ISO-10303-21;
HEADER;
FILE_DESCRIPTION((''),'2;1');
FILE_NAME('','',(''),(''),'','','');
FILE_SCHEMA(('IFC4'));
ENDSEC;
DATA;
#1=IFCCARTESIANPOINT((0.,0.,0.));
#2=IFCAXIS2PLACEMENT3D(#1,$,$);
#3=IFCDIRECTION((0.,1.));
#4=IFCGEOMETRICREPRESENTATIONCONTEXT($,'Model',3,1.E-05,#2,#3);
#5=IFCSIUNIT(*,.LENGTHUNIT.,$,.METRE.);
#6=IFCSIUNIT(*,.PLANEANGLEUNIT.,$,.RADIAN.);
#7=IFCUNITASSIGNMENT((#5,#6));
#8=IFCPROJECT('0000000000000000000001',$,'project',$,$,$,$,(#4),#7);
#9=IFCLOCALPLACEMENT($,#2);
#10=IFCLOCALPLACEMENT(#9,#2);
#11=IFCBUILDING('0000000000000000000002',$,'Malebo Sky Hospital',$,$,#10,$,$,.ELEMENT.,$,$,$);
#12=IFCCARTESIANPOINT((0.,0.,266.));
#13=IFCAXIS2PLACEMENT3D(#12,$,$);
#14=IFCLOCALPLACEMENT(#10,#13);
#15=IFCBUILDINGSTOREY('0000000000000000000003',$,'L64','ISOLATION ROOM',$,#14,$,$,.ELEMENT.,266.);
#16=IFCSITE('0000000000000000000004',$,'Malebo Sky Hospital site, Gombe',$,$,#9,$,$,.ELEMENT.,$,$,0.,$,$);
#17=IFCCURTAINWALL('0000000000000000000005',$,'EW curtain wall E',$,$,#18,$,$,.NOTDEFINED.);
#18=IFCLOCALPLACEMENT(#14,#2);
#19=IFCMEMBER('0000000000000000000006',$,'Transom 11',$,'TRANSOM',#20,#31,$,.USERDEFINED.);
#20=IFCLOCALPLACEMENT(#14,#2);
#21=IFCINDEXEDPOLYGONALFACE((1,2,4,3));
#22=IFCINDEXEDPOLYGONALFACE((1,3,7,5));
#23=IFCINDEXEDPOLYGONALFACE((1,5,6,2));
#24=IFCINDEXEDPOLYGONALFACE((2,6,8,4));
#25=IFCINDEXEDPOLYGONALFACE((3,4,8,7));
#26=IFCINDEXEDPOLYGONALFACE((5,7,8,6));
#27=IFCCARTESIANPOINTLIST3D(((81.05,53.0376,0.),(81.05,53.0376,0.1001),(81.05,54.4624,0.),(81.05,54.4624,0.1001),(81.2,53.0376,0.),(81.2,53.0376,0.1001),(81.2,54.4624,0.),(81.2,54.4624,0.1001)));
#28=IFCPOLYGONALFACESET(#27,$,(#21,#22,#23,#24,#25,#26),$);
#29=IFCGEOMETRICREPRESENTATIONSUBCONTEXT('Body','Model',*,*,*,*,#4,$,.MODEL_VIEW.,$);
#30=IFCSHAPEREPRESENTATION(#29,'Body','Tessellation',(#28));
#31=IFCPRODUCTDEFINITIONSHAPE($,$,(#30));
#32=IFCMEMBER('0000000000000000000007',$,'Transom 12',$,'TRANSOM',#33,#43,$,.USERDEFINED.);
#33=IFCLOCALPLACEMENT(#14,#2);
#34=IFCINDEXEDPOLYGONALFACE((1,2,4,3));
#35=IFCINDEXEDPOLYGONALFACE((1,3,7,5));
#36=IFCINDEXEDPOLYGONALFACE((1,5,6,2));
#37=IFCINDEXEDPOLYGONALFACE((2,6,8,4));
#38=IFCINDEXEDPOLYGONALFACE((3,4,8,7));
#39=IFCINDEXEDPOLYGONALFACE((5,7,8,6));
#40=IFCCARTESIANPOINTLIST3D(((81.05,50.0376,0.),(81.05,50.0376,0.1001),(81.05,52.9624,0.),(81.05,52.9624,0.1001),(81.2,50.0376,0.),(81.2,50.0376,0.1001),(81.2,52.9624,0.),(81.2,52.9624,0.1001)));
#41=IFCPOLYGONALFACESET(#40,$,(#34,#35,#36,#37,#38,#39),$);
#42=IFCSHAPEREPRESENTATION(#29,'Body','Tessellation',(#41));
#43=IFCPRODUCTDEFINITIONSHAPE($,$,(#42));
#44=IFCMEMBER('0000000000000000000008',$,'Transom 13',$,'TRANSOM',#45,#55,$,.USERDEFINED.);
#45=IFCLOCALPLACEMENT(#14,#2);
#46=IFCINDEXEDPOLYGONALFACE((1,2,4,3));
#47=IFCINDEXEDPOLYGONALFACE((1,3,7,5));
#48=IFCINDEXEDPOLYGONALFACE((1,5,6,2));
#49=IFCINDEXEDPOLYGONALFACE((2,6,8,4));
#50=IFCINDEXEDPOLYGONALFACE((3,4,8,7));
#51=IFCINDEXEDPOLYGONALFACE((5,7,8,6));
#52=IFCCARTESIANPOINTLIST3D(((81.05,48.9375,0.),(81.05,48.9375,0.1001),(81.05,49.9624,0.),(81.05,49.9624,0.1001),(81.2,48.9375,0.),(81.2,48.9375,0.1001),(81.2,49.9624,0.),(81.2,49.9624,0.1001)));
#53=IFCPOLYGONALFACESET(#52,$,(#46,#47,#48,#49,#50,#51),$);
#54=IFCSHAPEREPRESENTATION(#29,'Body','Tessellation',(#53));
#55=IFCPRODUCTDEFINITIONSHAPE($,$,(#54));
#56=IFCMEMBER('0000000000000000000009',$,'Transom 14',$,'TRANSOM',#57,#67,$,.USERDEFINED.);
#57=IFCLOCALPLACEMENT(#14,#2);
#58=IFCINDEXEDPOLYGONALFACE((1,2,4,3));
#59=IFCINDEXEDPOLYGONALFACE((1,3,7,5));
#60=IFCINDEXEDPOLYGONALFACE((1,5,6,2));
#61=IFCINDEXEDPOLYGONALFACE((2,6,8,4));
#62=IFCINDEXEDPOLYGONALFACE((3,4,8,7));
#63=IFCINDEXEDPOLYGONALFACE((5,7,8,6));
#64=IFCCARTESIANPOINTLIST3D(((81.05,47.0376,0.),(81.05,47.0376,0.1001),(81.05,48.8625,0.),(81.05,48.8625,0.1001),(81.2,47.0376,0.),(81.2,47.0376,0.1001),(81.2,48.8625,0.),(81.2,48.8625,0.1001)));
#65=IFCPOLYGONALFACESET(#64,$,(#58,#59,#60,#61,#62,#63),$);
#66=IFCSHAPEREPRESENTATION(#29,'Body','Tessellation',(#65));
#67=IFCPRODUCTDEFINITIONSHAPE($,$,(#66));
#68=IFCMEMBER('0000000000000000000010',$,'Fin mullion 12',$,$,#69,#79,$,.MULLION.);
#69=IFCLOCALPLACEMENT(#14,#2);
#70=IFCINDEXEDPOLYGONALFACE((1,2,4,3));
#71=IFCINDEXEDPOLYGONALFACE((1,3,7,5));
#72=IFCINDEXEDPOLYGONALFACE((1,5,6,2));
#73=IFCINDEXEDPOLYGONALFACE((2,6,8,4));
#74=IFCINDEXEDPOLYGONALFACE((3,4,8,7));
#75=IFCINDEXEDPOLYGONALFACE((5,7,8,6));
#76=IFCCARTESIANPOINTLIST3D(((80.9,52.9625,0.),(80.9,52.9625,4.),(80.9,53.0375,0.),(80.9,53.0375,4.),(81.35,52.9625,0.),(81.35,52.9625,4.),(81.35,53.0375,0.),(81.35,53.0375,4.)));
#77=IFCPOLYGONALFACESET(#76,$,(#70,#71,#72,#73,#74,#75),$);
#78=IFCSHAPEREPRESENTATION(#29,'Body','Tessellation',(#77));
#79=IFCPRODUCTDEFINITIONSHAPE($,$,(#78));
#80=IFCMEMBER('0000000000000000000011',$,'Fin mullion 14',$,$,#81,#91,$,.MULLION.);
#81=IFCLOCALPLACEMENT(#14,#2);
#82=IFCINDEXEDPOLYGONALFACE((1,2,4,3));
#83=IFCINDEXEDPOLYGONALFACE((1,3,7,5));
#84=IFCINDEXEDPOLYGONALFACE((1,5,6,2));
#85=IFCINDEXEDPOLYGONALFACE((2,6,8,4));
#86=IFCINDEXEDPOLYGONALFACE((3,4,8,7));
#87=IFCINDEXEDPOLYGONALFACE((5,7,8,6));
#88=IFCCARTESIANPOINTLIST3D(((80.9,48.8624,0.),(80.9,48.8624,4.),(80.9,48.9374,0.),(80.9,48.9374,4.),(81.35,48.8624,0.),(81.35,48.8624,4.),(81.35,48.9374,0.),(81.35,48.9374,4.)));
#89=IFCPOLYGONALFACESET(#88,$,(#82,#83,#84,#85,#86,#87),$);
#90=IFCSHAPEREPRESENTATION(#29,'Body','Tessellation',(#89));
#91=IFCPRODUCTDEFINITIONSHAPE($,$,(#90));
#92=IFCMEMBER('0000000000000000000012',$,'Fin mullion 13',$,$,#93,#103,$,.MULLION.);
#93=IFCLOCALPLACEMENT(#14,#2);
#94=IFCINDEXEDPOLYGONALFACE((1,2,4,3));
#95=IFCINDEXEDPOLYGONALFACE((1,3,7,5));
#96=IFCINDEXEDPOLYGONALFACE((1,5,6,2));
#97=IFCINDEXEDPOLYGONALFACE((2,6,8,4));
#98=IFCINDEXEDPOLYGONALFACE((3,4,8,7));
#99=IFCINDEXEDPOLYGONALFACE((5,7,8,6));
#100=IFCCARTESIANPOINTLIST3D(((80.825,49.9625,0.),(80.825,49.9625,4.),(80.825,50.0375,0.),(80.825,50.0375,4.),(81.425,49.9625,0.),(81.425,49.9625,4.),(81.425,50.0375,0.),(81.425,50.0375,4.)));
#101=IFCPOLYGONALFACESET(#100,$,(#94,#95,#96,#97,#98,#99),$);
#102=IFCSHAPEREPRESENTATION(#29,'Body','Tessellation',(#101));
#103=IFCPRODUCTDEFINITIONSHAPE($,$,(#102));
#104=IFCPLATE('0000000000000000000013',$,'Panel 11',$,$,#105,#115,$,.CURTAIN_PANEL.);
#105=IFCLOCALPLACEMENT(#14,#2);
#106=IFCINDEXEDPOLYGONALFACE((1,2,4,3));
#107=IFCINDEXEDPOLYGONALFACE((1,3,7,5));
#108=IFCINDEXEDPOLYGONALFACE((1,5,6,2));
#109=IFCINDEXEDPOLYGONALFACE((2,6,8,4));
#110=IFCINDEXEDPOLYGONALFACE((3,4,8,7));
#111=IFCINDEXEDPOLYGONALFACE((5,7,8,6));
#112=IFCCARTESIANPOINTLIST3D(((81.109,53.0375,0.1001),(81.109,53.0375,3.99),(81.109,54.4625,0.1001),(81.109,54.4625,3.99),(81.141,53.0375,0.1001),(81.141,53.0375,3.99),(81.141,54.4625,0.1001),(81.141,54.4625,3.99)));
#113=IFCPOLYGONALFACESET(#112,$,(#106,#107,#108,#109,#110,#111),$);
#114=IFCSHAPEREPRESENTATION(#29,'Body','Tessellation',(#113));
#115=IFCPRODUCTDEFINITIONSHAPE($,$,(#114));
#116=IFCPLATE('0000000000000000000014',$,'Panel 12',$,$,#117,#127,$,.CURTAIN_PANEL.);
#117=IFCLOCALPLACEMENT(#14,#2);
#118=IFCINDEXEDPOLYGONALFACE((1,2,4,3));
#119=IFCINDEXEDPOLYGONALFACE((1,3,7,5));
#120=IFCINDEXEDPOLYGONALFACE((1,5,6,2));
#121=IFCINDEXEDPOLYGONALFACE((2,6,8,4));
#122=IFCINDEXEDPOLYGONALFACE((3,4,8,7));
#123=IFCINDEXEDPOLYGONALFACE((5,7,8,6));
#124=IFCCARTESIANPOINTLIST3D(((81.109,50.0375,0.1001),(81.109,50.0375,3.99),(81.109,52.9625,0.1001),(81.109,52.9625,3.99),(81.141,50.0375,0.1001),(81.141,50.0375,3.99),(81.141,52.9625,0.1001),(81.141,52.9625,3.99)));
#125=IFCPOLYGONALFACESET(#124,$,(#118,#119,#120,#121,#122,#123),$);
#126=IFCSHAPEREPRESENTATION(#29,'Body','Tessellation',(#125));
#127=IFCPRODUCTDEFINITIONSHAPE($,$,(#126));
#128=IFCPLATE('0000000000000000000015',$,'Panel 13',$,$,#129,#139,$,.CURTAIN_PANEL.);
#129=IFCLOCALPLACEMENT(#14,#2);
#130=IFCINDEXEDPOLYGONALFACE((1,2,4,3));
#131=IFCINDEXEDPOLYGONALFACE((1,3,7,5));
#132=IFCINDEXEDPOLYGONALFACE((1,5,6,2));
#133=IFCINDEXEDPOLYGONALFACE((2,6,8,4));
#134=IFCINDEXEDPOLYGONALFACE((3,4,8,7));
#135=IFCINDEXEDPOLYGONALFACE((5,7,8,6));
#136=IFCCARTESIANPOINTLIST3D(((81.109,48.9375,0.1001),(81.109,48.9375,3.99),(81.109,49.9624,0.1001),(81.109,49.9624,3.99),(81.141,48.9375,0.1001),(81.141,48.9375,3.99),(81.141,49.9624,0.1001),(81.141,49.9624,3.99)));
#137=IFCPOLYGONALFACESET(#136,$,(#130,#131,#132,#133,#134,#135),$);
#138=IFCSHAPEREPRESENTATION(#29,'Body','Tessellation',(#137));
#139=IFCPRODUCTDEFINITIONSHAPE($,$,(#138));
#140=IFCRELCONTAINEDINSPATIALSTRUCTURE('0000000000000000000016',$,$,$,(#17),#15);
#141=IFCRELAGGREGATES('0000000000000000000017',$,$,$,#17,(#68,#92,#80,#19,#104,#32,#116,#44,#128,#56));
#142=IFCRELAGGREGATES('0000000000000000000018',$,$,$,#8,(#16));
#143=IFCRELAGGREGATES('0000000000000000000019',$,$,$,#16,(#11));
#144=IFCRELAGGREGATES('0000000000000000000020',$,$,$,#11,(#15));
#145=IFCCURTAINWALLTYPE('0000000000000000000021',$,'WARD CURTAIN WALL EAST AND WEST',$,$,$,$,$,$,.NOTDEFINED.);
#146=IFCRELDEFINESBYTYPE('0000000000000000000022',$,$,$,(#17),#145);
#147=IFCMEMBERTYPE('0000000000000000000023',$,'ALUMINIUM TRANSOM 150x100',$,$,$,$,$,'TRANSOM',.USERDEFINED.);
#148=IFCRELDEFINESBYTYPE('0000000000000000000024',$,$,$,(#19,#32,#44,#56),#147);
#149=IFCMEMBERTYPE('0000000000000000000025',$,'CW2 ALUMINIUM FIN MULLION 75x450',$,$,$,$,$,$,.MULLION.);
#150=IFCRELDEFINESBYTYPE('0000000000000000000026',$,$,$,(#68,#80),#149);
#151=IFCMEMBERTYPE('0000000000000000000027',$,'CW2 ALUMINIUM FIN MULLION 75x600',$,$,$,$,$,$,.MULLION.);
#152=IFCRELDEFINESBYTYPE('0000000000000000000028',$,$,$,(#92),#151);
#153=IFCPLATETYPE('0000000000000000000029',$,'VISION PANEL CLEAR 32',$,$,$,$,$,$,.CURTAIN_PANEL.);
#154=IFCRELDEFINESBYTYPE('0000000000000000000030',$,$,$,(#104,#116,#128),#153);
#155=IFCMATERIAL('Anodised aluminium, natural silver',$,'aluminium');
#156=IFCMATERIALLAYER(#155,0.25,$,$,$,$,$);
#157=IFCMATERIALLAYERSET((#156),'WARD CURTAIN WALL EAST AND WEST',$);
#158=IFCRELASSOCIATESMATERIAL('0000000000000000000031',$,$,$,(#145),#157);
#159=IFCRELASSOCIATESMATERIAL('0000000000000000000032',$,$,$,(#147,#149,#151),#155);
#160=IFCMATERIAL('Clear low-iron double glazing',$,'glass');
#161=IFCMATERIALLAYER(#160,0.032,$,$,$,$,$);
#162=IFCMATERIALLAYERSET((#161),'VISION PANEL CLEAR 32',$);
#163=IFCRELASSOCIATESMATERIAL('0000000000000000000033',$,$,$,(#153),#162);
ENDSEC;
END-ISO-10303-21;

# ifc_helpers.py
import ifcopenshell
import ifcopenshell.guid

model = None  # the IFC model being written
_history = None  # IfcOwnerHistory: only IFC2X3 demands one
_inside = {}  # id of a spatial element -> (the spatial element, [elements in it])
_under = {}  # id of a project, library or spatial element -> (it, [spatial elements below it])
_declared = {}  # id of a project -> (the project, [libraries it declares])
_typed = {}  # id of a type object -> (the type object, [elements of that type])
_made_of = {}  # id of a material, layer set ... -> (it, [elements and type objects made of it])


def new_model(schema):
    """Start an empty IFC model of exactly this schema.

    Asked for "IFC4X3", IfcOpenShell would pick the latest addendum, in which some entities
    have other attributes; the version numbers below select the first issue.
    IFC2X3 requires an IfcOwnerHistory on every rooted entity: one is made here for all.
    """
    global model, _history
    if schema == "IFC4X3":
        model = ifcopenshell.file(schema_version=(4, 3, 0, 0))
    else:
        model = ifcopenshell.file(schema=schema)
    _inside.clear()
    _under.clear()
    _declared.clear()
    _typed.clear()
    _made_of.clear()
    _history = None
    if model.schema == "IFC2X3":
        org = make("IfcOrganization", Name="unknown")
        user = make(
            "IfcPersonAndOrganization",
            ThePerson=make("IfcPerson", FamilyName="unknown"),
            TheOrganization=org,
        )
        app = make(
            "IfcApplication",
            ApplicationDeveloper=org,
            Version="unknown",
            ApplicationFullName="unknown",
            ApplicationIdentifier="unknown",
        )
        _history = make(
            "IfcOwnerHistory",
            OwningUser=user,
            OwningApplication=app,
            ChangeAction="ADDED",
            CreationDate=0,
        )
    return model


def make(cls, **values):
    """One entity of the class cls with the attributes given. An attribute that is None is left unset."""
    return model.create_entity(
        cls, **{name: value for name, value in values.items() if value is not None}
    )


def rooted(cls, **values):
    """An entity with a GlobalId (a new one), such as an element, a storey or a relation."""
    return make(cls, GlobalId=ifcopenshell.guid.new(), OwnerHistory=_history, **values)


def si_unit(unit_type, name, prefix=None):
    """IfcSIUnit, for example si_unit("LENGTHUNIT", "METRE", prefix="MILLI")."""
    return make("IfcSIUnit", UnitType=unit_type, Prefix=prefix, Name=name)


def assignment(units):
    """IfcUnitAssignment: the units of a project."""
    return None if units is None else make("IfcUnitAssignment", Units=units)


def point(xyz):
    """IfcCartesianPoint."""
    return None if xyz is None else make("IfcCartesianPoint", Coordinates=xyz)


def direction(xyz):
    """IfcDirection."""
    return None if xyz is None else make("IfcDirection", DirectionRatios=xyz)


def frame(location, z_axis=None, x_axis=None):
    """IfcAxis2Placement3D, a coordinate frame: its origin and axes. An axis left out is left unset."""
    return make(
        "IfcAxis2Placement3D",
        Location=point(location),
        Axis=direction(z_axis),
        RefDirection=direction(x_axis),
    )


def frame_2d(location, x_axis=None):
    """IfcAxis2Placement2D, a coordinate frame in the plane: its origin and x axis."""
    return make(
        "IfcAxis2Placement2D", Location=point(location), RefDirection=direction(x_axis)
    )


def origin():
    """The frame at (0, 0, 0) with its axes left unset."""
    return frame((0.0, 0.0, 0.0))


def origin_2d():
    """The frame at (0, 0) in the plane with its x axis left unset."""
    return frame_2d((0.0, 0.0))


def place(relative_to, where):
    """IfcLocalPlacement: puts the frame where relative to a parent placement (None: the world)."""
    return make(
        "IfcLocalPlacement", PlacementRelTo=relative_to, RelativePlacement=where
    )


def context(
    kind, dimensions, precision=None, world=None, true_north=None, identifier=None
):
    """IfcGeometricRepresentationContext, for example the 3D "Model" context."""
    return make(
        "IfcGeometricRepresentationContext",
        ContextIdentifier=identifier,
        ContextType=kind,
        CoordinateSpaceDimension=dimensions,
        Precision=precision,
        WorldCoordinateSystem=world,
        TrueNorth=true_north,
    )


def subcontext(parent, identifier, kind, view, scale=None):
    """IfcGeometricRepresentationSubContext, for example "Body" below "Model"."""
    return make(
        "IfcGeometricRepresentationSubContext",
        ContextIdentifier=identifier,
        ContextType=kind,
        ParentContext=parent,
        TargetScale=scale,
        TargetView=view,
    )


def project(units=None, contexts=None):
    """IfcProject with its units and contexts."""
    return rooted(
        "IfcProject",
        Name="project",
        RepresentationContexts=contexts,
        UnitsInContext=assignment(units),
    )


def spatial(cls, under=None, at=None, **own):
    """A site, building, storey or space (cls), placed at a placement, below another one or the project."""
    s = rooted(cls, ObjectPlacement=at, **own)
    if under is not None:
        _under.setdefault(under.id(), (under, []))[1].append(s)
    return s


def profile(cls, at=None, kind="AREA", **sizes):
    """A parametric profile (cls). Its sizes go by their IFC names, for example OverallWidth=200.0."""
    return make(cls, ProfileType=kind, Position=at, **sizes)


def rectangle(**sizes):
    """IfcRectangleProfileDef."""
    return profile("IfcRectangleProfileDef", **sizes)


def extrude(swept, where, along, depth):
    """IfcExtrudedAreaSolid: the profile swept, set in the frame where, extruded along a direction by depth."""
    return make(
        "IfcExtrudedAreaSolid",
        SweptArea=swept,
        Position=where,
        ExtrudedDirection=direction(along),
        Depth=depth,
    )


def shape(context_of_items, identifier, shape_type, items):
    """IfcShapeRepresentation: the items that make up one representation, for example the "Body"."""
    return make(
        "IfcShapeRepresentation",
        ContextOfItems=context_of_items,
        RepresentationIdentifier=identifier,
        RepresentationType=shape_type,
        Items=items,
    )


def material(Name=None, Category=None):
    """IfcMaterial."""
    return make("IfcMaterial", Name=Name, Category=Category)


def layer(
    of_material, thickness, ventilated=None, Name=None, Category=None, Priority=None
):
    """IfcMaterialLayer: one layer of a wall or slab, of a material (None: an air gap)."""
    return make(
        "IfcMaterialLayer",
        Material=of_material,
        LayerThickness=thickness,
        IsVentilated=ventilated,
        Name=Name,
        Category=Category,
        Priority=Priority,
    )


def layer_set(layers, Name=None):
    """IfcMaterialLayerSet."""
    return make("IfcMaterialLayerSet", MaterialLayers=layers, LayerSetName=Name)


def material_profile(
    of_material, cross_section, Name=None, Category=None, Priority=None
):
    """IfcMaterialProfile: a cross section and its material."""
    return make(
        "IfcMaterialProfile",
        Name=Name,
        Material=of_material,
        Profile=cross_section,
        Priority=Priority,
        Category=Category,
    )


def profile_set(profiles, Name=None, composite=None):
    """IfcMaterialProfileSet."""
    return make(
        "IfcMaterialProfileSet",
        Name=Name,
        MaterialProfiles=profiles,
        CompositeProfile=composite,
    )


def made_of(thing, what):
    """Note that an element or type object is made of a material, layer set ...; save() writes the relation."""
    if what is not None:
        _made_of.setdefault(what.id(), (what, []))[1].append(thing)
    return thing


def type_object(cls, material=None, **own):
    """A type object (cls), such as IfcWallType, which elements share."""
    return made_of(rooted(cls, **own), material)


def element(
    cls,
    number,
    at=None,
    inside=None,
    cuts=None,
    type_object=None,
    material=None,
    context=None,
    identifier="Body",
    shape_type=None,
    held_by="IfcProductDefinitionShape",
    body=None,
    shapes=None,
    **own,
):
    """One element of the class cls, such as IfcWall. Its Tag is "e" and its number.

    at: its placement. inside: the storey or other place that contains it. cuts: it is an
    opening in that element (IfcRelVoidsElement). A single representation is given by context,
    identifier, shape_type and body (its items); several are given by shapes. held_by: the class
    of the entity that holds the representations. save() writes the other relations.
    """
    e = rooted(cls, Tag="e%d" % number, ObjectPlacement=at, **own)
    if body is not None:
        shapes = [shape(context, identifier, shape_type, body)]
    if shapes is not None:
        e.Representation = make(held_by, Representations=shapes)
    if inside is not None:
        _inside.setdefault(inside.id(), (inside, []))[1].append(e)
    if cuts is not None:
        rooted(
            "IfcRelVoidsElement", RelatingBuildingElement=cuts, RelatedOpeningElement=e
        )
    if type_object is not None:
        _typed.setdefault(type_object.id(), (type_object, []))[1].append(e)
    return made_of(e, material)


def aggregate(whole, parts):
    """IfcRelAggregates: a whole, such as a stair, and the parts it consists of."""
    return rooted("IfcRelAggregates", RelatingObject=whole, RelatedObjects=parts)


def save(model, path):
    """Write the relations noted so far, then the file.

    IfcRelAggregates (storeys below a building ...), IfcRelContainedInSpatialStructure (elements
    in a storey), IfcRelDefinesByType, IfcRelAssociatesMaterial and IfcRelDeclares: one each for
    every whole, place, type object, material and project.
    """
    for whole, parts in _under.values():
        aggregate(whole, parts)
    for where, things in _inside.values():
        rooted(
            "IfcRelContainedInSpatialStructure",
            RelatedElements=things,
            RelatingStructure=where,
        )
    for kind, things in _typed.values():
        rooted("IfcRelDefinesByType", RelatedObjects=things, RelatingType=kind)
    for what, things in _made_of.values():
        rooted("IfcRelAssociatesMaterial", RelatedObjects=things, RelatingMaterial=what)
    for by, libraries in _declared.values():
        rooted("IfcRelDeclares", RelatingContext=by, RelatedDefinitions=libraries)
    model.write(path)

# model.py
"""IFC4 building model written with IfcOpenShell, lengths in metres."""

from ifc_helpers import new_model, si_unit, direction, frame, origin, origin_2d, place, context, subcontext, project, spatial, rectangle, extrude, material, layer, layer_set, material_profile, profile_set, type_object, element, aggregate, save


model = new_model("IFC4")

# Units and contexts
model_context = context("Model", 3, precision=1e-05, world=origin(), true_north=direction((0.0, 1.0)))
body_context = subcontext(model_context, "Body", "Model", "MODEL_VIEW")
ifc_project = project(units=[si_unit("LENGTHUNIT", "METRE"), si_unit("PLANEANGLEUNIT", "RADIAN")], contexts=[model_context])

# Site, building, storey
site_placement = place(None, origin())
site = spatial("IfcSite", under=ifc_project, at=site_placement, Name="Malebo Sky Hospital site, Gombe", CompositionType="ELEMENT", RefElevation=0.0)
building_placement = place(site_placement, origin())
building = spatial("IfcBuilding", under=site, at=building_placement, Name="Malebo Sky Hospital", CompositionType="ELEMENT")
storey_placement = place(building_placement, frame((0.0, 0.0, 266.0)))
storey = spatial("IfcBuildingStorey", under=building, at=storey_placement, Name="L64", Description="ISOLATION ROOM", CompositionType="ELEMENT", Elevation=266.0)

# Curtain wall, members, plates
ifc_material_1 = material(Name="Anodised aluminium, natural silver", Category="aluminium")
ifc_layer_1 = layer(ifc_material_1, 0.25)
ifc_layer_set_1 = layer_set([ifc_layer_1], Name="WARD CURTAIN WALL EAST AND WEST")
curtain_wall_type = type_object("IfcCurtainWallType", Name="WARD CURTAIN WALL EAST AND WEST", PredefinedType="NOTDEFINED", material=ifc_layer_set_1)
curtain_wall_placement = place(storey_placement, origin())
curtain_wall = element("IfcCurtainWall", 1, at=curtain_wall_placement, inside=storey, type_object=curtain_wall_type, Name="EW curtain wall E", PredefinedType="NOTDEFINED")
ifc_material_profile_1 = material_profile(ifc_material_1, rectangle(XDim=0.1499, YDim=0.1001, at=origin_2d()), Name="ALUMINIUM TRANSOM 150x100")
ifc_profile_set_1 = profile_set([ifc_material_profile_1], Name="Anodised aluminium, natural silver")
member_type_1 = type_object("IfcMemberType", Name="ALUMINIUM TRANSOM 150x100", ElementType="TRANSOM", PredefinedType="USERDEFINED", material=ifc_profile_set_1)
member_1_placement = place(storey_placement, frame((81.125, 54.4624, 0.05), z_axis=(0.0, -1.0, 0.0), x_axis=(1.0, 0.0, 0.0)))
member_1 = element("IfcMember", 2, at=member_1_placement, type_object=member_type_1, Name="Transom 11", ObjectType="TRANSOM", PredefinedType="USERDEFINED", context=body_context, shape_type="SweptSolid", body=[
    extrude(rectangle(XDim=0.1499, YDim=0.1001, at=origin_2d()), origin(), (0.0, 0.0, 1.0), 1.4248),
])
member_2_placement = place(storey_placement, frame((81.125, 52.9624, 0.05), z_axis=(0.0, -1.0, 0.0), x_axis=(1.0, 0.0, 0.0)))
member_2 = element("IfcMember", 3, at=member_2_placement, type_object=member_type_1, Name="Transom 12", ObjectType="TRANSOM", PredefinedType="USERDEFINED", context=body_context, shape_type="SweptSolid", body=[
    extrude(rectangle(XDim=0.1499, YDim=0.1001, at=origin_2d()), origin(), (0.0, 0.0, 1.0), 2.9248),
])
member_3_placement = place(storey_placement, frame((81.125, 49.9624, 0.05), z_axis=(0.0, -1.0, 0.0), x_axis=(1.0, 0.0, 0.0)))
member_3 = element("IfcMember", 4, at=member_3_placement, type_object=member_type_1, Name="Transom 13", ObjectType="TRANSOM", PredefinedType="USERDEFINED", context=body_context, shape_type="SweptSolid", body=[
    extrude(rectangle(XDim=0.1499, YDim=0.1001, at=origin_2d()), origin(), (0.0, 0.0, 1.0), 1.0249),
])
member_4_placement = place(storey_placement, frame((81.125, 48.8625, 0.05), z_axis=(0.0, -1.0, 0.0), x_axis=(1.0, 0.0, 0.0)))
member_4 = element("IfcMember", 5, at=member_4_placement, type_object=member_type_1, Name="Transom 14", ObjectType="TRANSOM", PredefinedType="USERDEFINED", context=body_context, shape_type="SweptSolid", body=[
    extrude(rectangle(XDim=0.1499, YDim=0.1001, at=origin_2d()), origin(), (0.0, 0.0, 1.0), 1.825),
])
ifc_material_profile_2 = material_profile(ifc_material_1, rectangle(XDim=0.075, YDim=0.45, at=origin_2d()), Name="CW2 ALUMINIUM FIN MULLION 75x450")
ifc_profile_set_2 = profile_set([ifc_material_profile_2], Name="Anodised aluminium, natural silver")
member_type_2 = type_object("IfcMemberType", Name="CW2 ALUMINIUM FIN MULLION 75x450", PredefinedType="MULLION", material=ifc_profile_set_2)
member_5_placement = place(storey_placement, frame((81.125, 53.0, 0.0), z_axis=(0.0, 0.0, 1.0), x_axis=(0.0, -1.0, 0.0)))
member_5 = element("IfcMember", 6, at=member_5_placement, type_object=member_type_2, Name="Fin mullion 12", PredefinedType="MULLION", context=body_context, shape_type="SweptSolid", body=[
    extrude(rectangle(XDim=0.075, YDim=0.45, at=origin_2d()), origin(), (0.0, 0.0, 1.0), 4.0),
])
member_6_placement = place(storey_placement, frame((81.125, 48.8999, 0.0), z_axis=(0.0, 0.0, 1.0), x_axis=(0.0, -1.0, 0.0)))
member_6 = element("IfcMember", 7, at=member_6_placement, type_object=member_type_2, Name="Fin mullion 14", PredefinedType="MULLION", context=body_context, shape_type="SweptSolid", body=[
    extrude(rectangle(XDim=0.075, YDim=0.45, at=origin_2d()), origin(), (0.0, 0.0, 1.0), 4.0),
])
ifc_material_profile_3 = material_profile(ifc_material_1, rectangle(XDim=0.075, YDim=0.6001, at=origin_2d()), Name="CW2 ALUMINIUM FIN MULLION 75x600")
ifc_profile_set_3 = profile_set([ifc_material_profile_3], Name="Anodised aluminium, natural silver")
member_type_3 = type_object("IfcMemberType", Name="CW2 ALUMINIUM FIN MULLION 75x600", PredefinedType="MULLION", material=ifc_profile_set_3)
member_7_placement = place(storey_placement, frame((81.125, 50.0, 0.0), z_axis=(0.0, 0.0, 1.0), x_axis=(0.0, -1.0, 0.0)))
member_7 = element("IfcMember", 8, at=member_7_placement, type_object=member_type_3, Name="Fin mullion 13", PredefinedType="MULLION", context=body_context, shape_type="SweptSolid", body=[
    extrude(rectangle(XDim=0.075, YDim=0.6001, at=origin_2d()), origin(), (0.0, 0.0, 1.0), 4.0),
])
ifc_material_2 = material(Name="Clear low-iron double glazing", Category="glass")
ifc_layer_2 = layer(ifc_material_2, 0.032)
ifc_layer_set_2 = layer_set([ifc_layer_2], Name="VISION PANEL CLEAR 32")
plate_type = type_object("IfcPlateType", Name="VISION PANEL CLEAR 32", PredefinedType="CURTAIN_PANEL", material=ifc_layer_set_2)
plate_1_placement = place(storey_placement, frame((81.125, 53.75, 0.1001), z_axis=(0.0, 0.0, 1.0), x_axis=(0.0, -1.0, 0.0)))
plate_1 = element("IfcPlate", 9, at=plate_1_placement, type_object=plate_type, Name="Panel 11", PredefinedType="CURTAIN_PANEL", context=body_context, shape_type="SweptSolid", body=[
    extrude(rectangle(XDim=1.425, YDim=0.032, at=origin_2d()), origin(), (0.0, 0.0, 1.0), 3.8899),
])
plate_2_placement = place(storey_placement, frame((81.125, 51.5, 0.1001), z_axis=(0.0, 0.0, 1.0), x_axis=(0.0, -1.0, 0.0)))
plate_2 = element("IfcPlate", 10, at=plate_2_placement, type_object=plate_type, Name="Panel 12", PredefinedType="CURTAIN_PANEL", context=body_context, shape_type="SweptSolid", body=[
    extrude(rectangle(XDim=2.925, YDim=0.032, at=origin_2d()), origin(), (0.0, 0.0, 1.0), 3.8899),
])
plate_3_placement = place(storey_placement, frame((81.125, 49.45, 0.1001), z_axis=(0.0, 0.0, 1.0), x_axis=(0.0, -1.0, 0.0)))
plate_3 = element("IfcPlate", 11, at=plate_3_placement, type_object=plate_type, Name="Panel 13", PredefinedType="CURTAIN_PANEL", context=body_context, shape_type="SweptSolid", body=[
    extrude(rectangle(XDim=1.0249, YDim=0.032, at=origin_2d()), origin(), (0.0, 0.0, 1.0), 3.8899),
])
aggregate(curtain_wall, [member_5, member_7, member_6, member_1, plate_1, member_2, plate_2, member_3, plate_3, member_4])

save(model, "model.ifc")
